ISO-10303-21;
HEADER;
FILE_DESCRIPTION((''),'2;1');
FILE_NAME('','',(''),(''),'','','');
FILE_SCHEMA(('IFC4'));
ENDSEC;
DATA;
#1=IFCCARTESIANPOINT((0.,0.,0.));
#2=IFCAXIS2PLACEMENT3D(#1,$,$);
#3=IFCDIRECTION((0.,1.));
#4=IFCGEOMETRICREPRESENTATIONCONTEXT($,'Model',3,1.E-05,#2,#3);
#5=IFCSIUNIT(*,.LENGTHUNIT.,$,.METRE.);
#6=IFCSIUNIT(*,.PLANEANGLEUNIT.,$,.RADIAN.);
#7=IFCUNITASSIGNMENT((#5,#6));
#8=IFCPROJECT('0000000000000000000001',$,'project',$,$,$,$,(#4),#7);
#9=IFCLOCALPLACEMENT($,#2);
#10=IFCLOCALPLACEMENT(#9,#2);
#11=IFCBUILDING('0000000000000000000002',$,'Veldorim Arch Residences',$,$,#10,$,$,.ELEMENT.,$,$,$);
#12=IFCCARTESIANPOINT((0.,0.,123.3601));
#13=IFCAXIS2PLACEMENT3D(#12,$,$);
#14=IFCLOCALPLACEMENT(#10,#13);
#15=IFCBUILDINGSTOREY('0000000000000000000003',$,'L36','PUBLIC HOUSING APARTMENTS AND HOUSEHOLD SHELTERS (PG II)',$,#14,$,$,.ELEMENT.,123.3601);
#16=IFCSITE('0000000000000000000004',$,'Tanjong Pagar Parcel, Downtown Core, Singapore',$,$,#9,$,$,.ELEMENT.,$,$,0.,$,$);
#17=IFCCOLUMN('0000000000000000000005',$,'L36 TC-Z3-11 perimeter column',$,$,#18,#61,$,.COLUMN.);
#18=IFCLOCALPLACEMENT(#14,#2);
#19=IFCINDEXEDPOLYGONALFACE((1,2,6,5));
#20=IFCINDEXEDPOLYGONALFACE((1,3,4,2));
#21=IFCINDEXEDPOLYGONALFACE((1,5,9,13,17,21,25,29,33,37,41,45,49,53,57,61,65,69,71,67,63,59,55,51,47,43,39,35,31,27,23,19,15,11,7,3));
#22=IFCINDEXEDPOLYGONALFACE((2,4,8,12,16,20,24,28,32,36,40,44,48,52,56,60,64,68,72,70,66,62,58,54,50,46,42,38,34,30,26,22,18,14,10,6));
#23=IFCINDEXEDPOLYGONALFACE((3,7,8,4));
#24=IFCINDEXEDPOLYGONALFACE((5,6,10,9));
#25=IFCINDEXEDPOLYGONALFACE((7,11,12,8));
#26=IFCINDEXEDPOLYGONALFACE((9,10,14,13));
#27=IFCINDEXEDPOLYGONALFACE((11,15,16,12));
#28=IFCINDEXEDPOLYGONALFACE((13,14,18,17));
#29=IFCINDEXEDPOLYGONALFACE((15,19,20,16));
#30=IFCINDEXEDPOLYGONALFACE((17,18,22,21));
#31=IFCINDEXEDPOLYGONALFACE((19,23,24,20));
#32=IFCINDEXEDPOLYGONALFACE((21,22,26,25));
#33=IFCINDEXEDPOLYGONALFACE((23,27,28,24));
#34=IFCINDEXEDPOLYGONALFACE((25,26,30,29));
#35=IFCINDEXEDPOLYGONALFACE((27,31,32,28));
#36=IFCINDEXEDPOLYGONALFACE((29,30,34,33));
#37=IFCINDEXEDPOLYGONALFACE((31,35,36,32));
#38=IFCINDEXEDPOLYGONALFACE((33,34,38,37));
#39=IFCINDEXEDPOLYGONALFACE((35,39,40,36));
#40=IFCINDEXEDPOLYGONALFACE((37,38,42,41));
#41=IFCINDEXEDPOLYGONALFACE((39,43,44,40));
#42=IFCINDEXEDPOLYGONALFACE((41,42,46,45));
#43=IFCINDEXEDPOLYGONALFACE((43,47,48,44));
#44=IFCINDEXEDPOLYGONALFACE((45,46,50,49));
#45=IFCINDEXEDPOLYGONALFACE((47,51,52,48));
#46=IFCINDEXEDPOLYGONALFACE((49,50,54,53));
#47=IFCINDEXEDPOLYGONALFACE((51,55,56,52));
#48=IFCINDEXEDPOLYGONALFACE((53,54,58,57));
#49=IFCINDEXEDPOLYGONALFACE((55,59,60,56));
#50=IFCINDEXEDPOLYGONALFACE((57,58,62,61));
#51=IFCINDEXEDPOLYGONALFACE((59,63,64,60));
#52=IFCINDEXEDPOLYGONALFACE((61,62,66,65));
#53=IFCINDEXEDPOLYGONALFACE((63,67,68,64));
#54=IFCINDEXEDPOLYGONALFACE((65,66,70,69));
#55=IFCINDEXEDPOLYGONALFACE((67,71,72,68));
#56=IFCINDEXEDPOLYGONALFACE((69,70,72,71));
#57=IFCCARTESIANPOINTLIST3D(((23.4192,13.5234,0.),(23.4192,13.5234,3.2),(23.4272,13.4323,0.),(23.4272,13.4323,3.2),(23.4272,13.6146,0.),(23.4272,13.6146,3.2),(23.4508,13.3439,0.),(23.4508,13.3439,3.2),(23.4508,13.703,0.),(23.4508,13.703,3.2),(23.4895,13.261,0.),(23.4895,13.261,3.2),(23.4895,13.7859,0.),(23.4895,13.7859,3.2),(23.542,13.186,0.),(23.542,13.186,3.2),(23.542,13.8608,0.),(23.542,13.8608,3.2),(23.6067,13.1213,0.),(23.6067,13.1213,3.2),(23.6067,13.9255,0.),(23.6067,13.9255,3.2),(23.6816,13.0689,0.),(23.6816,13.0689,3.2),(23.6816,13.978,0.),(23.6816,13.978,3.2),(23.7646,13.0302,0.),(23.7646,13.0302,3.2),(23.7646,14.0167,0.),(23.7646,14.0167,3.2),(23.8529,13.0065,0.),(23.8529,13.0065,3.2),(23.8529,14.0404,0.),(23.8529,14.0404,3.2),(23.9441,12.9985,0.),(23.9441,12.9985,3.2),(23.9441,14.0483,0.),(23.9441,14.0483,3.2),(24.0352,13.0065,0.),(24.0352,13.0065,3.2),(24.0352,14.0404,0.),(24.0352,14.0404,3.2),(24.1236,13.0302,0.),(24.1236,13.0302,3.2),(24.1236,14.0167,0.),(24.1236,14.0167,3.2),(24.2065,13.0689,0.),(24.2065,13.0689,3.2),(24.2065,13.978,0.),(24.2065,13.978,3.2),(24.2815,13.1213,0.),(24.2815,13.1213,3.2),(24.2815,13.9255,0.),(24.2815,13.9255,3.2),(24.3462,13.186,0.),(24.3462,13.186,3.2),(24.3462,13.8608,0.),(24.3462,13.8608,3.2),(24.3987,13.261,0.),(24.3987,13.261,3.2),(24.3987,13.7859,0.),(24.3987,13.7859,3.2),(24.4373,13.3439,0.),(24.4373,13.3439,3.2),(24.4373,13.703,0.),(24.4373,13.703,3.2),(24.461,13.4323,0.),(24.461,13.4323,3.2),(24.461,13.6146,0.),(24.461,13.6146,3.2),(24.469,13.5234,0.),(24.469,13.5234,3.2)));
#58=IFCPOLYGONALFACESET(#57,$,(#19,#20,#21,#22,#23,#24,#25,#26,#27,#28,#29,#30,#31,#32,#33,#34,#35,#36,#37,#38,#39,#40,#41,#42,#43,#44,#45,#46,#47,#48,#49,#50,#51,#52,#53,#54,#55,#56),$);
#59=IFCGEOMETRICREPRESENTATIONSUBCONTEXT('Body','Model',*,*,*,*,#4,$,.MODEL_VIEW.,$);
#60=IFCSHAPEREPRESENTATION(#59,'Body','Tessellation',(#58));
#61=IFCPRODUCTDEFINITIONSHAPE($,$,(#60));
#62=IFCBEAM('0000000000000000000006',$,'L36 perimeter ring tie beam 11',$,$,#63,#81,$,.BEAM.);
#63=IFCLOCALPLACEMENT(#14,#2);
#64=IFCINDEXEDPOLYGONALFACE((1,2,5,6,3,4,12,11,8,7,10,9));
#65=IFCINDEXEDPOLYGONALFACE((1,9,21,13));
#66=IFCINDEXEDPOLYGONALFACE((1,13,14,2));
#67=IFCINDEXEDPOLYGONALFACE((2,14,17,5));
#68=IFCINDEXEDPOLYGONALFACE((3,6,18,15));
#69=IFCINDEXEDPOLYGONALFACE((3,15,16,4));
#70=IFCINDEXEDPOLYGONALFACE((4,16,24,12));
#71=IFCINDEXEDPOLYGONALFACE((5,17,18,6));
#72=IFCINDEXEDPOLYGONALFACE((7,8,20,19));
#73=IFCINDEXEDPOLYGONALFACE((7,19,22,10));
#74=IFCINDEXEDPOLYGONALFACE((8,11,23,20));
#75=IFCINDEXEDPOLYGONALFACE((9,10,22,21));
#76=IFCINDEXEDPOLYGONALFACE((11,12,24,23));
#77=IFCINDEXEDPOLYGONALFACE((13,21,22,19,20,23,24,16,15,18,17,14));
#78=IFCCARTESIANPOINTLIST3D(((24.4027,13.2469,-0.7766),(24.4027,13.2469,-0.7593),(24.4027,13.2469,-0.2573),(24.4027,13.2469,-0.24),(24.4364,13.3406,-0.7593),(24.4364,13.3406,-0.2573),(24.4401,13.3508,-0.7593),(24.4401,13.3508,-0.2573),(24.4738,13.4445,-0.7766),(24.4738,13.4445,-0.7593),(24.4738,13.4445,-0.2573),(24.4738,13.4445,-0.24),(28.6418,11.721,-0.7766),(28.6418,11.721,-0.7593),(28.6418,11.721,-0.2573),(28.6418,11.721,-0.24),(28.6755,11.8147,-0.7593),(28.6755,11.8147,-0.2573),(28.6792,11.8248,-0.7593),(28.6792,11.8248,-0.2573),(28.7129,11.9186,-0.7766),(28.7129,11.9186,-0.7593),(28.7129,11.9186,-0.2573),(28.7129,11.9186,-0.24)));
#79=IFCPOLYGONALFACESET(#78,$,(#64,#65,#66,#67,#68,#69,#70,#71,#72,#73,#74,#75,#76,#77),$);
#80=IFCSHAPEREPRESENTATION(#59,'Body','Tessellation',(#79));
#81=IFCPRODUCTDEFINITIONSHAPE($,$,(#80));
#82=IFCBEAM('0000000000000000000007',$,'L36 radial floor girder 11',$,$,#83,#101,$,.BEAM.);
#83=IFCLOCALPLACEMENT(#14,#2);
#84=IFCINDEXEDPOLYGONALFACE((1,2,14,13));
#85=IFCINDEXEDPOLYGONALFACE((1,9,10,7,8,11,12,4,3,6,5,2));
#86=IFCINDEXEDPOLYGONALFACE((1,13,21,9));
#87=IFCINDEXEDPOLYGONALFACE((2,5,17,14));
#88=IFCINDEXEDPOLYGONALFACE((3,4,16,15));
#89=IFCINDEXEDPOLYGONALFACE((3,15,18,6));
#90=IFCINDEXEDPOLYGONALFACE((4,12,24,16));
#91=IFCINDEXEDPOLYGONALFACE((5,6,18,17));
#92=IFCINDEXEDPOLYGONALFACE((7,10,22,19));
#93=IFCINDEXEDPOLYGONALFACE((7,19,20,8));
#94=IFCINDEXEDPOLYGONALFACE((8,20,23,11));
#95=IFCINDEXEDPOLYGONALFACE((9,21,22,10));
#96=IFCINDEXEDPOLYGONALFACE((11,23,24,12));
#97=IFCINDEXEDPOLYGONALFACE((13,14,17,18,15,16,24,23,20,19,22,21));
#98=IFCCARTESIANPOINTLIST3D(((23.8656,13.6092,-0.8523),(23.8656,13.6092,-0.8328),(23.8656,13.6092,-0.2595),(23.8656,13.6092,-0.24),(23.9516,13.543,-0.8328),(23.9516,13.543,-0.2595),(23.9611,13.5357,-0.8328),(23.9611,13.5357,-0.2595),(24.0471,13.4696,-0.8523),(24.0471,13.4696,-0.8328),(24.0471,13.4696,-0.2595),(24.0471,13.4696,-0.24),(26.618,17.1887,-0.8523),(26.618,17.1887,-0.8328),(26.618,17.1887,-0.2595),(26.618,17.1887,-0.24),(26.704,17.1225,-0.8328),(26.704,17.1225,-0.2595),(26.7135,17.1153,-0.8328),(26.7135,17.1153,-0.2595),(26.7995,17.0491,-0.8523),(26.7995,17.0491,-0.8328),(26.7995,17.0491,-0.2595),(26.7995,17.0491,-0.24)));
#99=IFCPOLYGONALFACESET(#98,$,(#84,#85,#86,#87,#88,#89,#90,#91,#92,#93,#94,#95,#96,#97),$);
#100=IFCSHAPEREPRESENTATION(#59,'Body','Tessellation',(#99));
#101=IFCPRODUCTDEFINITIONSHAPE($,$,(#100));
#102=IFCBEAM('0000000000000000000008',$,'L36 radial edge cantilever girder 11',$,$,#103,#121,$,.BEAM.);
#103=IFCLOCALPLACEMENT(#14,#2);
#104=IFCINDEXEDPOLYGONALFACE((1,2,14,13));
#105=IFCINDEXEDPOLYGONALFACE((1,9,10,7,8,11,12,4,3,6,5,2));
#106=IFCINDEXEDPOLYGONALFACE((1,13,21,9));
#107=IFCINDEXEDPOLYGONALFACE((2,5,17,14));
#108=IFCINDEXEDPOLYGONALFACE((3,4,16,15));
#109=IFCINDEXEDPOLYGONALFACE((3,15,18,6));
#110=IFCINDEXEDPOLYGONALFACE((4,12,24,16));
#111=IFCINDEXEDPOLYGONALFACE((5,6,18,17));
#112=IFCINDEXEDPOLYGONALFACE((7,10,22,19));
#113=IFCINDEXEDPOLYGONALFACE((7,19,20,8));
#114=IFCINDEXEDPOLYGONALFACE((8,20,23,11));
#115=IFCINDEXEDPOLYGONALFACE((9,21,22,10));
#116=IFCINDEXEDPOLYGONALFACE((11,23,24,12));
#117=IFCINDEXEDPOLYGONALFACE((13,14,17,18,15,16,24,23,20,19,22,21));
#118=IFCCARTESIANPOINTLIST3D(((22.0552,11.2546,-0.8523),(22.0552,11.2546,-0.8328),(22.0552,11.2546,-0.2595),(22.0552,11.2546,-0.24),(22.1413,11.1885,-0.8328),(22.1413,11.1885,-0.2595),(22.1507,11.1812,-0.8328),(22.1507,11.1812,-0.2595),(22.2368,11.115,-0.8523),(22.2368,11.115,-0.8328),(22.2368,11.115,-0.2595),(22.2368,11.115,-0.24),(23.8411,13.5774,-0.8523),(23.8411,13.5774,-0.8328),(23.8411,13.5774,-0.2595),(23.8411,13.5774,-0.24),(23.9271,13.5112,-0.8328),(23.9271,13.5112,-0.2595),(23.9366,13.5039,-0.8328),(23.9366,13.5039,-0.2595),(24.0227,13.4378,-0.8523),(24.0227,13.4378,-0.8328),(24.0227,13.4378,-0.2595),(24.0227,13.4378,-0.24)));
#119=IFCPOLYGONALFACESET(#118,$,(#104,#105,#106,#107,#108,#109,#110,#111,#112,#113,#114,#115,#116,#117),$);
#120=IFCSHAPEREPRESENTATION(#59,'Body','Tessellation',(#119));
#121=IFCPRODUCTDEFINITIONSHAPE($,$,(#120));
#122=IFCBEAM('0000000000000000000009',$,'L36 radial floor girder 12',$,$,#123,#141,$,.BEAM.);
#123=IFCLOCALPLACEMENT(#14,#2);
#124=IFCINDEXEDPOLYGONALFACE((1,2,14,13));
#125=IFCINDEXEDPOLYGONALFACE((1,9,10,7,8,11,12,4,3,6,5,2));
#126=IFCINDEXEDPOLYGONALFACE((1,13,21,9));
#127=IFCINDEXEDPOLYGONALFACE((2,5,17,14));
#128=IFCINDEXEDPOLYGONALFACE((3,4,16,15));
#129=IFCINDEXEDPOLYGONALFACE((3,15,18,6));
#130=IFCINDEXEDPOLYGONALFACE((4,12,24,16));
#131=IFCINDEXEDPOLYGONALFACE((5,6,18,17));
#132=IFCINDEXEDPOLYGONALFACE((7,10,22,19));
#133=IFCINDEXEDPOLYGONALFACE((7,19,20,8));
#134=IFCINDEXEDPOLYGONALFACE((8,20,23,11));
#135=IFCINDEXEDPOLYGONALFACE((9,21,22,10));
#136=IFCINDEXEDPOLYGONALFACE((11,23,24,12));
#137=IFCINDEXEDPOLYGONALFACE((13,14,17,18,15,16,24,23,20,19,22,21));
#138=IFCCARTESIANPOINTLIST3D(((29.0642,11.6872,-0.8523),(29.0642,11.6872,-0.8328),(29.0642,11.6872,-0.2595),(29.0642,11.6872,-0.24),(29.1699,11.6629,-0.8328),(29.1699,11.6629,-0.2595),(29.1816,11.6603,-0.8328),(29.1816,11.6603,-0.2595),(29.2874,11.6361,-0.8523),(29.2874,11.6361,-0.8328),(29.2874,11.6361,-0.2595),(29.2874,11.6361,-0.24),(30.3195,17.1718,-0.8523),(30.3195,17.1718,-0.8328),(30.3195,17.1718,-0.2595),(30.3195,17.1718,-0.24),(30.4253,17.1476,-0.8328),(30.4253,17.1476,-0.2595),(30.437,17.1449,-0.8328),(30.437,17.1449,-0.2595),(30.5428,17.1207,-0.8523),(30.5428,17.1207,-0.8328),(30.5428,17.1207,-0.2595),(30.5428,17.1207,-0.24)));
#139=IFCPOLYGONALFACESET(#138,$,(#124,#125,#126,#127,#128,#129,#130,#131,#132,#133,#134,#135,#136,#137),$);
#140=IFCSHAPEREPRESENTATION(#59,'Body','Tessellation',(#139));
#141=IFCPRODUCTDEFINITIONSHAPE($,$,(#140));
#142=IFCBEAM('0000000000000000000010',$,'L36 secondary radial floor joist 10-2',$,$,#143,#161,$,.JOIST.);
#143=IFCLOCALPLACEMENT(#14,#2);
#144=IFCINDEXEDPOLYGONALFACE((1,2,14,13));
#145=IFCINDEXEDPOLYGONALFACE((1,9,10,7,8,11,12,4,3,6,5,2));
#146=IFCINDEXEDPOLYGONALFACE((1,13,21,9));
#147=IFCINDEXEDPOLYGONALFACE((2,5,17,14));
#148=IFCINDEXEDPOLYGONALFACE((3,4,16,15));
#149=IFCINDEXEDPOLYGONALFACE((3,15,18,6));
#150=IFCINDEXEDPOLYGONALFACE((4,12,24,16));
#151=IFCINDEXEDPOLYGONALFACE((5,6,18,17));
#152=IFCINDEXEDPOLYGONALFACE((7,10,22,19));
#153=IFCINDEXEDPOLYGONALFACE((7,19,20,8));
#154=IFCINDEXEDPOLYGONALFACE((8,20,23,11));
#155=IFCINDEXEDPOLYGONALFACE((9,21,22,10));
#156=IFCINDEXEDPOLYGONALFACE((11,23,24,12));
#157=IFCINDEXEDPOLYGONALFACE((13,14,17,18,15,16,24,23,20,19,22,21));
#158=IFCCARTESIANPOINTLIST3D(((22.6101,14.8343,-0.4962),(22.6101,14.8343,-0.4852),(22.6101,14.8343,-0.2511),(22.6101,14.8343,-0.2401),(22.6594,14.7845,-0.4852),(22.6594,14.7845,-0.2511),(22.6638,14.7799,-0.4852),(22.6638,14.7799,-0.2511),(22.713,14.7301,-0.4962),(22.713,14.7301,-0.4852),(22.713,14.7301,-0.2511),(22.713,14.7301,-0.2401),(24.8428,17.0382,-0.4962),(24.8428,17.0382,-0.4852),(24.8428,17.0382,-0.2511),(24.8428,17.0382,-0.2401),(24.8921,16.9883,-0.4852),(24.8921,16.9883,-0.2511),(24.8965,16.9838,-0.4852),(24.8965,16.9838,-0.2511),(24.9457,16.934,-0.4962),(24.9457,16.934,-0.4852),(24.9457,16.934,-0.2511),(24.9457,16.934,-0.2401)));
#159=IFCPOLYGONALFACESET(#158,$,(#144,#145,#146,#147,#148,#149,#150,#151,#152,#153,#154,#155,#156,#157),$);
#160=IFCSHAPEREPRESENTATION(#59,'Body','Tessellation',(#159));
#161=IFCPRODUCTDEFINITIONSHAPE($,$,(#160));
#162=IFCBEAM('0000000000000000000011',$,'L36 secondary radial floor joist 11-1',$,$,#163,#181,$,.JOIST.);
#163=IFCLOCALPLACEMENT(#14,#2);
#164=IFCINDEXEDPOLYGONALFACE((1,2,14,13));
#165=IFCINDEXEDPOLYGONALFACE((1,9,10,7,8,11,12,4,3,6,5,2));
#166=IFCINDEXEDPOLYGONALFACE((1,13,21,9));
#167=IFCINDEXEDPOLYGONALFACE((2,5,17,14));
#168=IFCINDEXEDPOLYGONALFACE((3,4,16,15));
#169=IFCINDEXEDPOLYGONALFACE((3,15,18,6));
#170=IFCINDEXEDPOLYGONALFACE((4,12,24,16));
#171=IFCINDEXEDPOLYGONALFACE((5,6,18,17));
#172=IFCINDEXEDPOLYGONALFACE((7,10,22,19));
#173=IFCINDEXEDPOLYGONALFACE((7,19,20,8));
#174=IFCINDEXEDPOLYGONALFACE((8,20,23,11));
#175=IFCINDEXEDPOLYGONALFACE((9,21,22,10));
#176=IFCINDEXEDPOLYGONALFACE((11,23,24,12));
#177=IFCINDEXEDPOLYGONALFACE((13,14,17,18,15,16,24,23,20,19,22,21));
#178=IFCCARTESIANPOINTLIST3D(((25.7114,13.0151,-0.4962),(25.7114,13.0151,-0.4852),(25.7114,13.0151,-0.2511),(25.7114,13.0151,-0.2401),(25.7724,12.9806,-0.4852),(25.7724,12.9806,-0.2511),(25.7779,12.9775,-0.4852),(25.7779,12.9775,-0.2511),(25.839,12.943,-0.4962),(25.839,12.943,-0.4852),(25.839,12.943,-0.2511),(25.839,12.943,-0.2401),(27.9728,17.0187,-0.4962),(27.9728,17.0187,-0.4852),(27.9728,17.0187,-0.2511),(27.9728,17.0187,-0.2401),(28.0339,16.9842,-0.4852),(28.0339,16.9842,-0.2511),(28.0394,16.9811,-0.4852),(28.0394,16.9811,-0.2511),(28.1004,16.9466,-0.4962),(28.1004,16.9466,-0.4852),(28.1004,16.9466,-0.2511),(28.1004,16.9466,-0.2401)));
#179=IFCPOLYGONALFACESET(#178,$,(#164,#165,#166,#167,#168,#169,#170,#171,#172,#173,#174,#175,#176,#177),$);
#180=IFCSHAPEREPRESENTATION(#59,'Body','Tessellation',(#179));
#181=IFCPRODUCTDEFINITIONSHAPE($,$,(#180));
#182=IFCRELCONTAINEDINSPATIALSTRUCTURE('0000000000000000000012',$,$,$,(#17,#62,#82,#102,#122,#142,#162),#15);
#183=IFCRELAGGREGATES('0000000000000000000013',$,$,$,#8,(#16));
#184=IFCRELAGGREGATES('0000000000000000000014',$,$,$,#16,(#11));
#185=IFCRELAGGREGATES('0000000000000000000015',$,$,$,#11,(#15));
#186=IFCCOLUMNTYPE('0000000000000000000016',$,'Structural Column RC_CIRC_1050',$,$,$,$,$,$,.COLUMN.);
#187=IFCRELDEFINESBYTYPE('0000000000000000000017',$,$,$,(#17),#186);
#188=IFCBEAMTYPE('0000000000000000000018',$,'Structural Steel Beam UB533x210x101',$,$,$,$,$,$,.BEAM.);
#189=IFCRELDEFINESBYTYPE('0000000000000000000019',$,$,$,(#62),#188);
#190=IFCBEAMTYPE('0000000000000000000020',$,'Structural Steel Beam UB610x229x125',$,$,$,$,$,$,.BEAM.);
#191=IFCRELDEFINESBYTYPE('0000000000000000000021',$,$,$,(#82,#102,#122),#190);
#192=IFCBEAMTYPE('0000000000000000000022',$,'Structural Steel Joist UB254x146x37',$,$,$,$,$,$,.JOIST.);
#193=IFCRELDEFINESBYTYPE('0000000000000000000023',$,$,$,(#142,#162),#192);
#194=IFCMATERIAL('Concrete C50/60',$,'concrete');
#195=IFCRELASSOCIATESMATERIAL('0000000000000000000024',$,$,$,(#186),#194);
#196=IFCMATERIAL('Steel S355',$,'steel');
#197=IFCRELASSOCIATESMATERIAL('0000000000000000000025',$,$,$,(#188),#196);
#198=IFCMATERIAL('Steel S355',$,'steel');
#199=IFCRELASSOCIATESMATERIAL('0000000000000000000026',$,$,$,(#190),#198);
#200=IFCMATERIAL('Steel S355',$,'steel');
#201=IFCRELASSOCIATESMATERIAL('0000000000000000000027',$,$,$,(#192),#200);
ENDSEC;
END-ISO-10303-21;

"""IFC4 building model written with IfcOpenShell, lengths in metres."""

from ifc_helpers import new_model, si_unit, direction, frame, origin, origin_2d, place, context, subcontext, project, spatial, circle, i_section, extrude, material, material_profile, profile_set, type_object, element, save


model = new_model("IFC4")

# Units and contexts
model_context = context("Model", 3, precision=1e-05, world=origin(), true_north=direction((0.0, 1.0)))
body_context = subcontext(model_context, "Body", "Model", "MODEL_VIEW")
ifc_project = project(units=[si_unit("LENGTHUNIT", "METRE"), si_unit("PLANEANGLEUNIT", "RADIAN")], contexts=[model_context])

# Site, building, storey
site_placement = place(None, origin())
site = spatial("IfcSite", under=ifc_project, at=site_placement, Name="Tanjong Pagar Parcel, Downtown Core, Singapore", CompositionType="ELEMENT", RefElevation=0.0)
building_placement = place(site_placement, origin())
building = spatial("IfcBuilding", under=site, at=building_placement, Name="Veldorim Arch Residences", CompositionType="ELEMENT")
storey_placement = place(building_placement, frame((0.0, 0.0, 123.3601)))
storey = spatial("IfcBuildingStorey", under=building, at=storey_placement, Name="L36", Description="PUBLIC HOUSING APARTMENTS AND HOUSEHOLD SHELTERS (PG II)", CompositionType="ELEMENT", Elevation=123.3601)

# Column
ifc_material_1 = material(Name="Concrete C50/60", Category="concrete")
ifc_material_profile_1 = material_profile(ifc_material_1, circle(Radius=0.5249, at=origin_2d()), Name="RC_CIRC_1050")
ifc_profile_set_1 = profile_set([ifc_material_profile_1], Name="Concrete C50/60")
column_type = type_object("IfcColumnType", Name="Structural Column RC_CIRC_1050", PredefinedType="COLUMN", material=ifc_profile_set_1)
column_placement = place(storey_placement, frame((23.9441, 13.5234, 0.0), z_axis=(0.0, 0.0, 1.0), x_axis=(1.0, 0.0, 0.0)))
element("IfcColumn", 1, at=column_placement, inside=storey, type_object=column_type, Name="L36 TC-Z3-11 perimeter column", PredefinedType="COLUMN", context=body_context, shape_type="SweptSolid", body=[
    extrude(circle(Radius=0.5249, at=origin_2d()), origin(), (0.0, 0.0, 1.0), 3.2),
])

# Beams
ifc_material_2 = material(Name="Steel S355", Category="steel")
ifc_material_profile_2 = material_profile(ifc_material_2, i_section(OverallWidth=0.21, OverallDepth=0.5366, WebThickness=0.0107, FlangeThickness=0.0173, at=origin_2d()), Name="UB533x210x101")
ifc_profile_set_2 = profile_set([ifc_material_profile_2], Name="Steel S355")
beam_type_1 = type_object("IfcBeamType", Name="Structural Steel Beam UB533x210x101", PredefinedType="BEAM", material=ifc_profile_set_2)
beam_1_placement = place(storey_placement, frame((24.4382, 13.3457, -0.5083), z_axis=(0.940899, -0.338687, 0.0), x_axis=(0.338687, 0.940899, 0.0)))
element("IfcBeam", 2, at=beam_1_placement, inside=storey, type_object=beam_type_1, Name="L36 perimeter ring tie beam 11", PredefinedType="BEAM", context=body_context, shape_type="SweptSolid", body=[
    extrude(i_section(OverallWidth=0.21, OverallDepth=0.5366, WebThickness=0.0107, FlangeThickness=0.0173, at=origin_2d()), origin(), (0.0, 0.0, 1.0), 4.5054),
])
ifc_material_3 = material(Name="Steel S355", Category="steel")
ifc_material_profile_3 = material_profile(ifc_material_3, i_section(OverallWidth=0.229, OverallDepth=0.6123, WebThickness=0.012, FlangeThickness=0.0195, at=origin_2d()), Name="UB610x229x125")
ifc_profile_set_3 = profile_set([ifc_material_profile_3], Name="Steel S355")
beam_type_2 = type_object("IfcBeamType", Name="Structural Steel Beam UB610x229x125", PredefinedType="BEAM", material=ifc_profile_set_3)
beam_2_placement = place(storey_placement, frame((26.7087, 17.1189, -0.5461), z_axis=(-0.609559, -0.792741, 0.0), x_axis=(0.792741, -0.609559, 0.0)))
element("IfcBeam", 3, at=beam_2_placement, inside=storey, type_object=beam_type_2, Name="L36 radial floor girder 11", PredefinedType="BEAM", context=body_context, shape_type="SweptSolid", body=[
    extrude(i_section(OverallWidth=0.229, OverallDepth=0.6123, WebThickness=0.012, FlangeThickness=0.0195, at=origin_2d()), origin(), (0.0, 0.0, 1.0), 4.5154),
])
beam_3_placement = place(storey_placement, frame((23.9319, 13.5076, -0.5461), z_axis=(-0.60953, -0.792763, 0.0), x_axis=(0.792763, -0.60953, 0.0)))
element("IfcBeam", 4, at=beam_3_placement, inside=storey, type_object=beam_type_2, Name="L36 radial edge cantilever girder 11", PredefinedType="BEAM", context=body_context, shape_type="SweptSolid", body=[
    extrude(i_section(OverallWidth=0.229, OverallDepth=0.6123, WebThickness=0.012, FlangeThickness=0.0195, at=origin_2d()), origin(), (0.0, 0.0, 1.0), 2.9299),
])
beam_4_placement = place(storey_placement, frame((30.4312, 17.1462, -0.5461), z_axis=(-0.223119, -0.974791, 0.0), x_axis=(0.974791, -0.223119, 0.0)))
element("IfcBeam", 5, at=beam_4_placement, inside=storey, type_object=beam_type_2, Name="L36 radial floor girder 12", PredefinedType="BEAM", context=body_context, shape_type="SweptSolid", body=[
    extrude(i_section(OverallWidth=0.229, OverallDepth=0.6123, WebThickness=0.012, FlangeThickness=0.0195, at=origin_2d()), origin(), (0.0, 0.0, 1.0), 5.6265),
])
ifc_material_4 = material(Name="Steel S355", Category="steel")
ifc_material_profile_4 = material_profile(ifc_material_4, i_section(OverallWidth=0.1465, OverallDepth=0.2561, WebThickness=0.0063, FlangeThickness=0.011, at=origin_2d()), Name="UB254x146x37")
ifc_profile_set_4 = profile_set([ifc_material_profile_4], Name="Steel S355")
beam_type_3 = type_object("IfcBeamType", Name="Structural Steel Joist UB254x146x37", PredefinedType="JOIST", material=ifc_profile_set_4)
beam_5_placement = place(storey_placement, frame((24.8943, 16.9861, -0.3682), z_axis=(-0.711683, -0.7025, 0.0), x_axis=(0.7025, -0.711683, 0.0)))
element("IfcBeam", 6, at=beam_5_placement, inside=storey, type_object=beam_type_3, Name="L36 secondary radial floor joist 10-2", PredefinedType="JOIST", context=body_context, shape_type="SweptSolid", body=[
    extrude(i_section(OverallWidth=0.1465, OverallDepth=0.2561, WebThickness=0.0063, FlangeThickness=0.011, at=origin_2d()), origin(), (0.0, 0.0, 1.0), 3.1372),
])
beam_6_placement = place(storey_placement, frame((28.0366, 16.9827, -0.3682), z_axis=(-0.491816, -0.870699, 0.0), x_axis=(0.870699, -0.491816, 0.0)))
element("IfcBeam", 7, at=beam_6_placement, inside=storey, type_object=beam_type_3, Name="L36 secondary radial floor joist 11-1", PredefinedType="JOIST", context=body_context, shape_type="SweptSolid", body=[
    extrude(i_section(OverallWidth=0.1465, OverallDepth=0.2561, WebThickness=0.0063, FlangeThickness=0.011, at=origin_2d()), origin(), (0.0, 0.0, 1.0), 4.5981),
])

save(model, "model.ifc")
